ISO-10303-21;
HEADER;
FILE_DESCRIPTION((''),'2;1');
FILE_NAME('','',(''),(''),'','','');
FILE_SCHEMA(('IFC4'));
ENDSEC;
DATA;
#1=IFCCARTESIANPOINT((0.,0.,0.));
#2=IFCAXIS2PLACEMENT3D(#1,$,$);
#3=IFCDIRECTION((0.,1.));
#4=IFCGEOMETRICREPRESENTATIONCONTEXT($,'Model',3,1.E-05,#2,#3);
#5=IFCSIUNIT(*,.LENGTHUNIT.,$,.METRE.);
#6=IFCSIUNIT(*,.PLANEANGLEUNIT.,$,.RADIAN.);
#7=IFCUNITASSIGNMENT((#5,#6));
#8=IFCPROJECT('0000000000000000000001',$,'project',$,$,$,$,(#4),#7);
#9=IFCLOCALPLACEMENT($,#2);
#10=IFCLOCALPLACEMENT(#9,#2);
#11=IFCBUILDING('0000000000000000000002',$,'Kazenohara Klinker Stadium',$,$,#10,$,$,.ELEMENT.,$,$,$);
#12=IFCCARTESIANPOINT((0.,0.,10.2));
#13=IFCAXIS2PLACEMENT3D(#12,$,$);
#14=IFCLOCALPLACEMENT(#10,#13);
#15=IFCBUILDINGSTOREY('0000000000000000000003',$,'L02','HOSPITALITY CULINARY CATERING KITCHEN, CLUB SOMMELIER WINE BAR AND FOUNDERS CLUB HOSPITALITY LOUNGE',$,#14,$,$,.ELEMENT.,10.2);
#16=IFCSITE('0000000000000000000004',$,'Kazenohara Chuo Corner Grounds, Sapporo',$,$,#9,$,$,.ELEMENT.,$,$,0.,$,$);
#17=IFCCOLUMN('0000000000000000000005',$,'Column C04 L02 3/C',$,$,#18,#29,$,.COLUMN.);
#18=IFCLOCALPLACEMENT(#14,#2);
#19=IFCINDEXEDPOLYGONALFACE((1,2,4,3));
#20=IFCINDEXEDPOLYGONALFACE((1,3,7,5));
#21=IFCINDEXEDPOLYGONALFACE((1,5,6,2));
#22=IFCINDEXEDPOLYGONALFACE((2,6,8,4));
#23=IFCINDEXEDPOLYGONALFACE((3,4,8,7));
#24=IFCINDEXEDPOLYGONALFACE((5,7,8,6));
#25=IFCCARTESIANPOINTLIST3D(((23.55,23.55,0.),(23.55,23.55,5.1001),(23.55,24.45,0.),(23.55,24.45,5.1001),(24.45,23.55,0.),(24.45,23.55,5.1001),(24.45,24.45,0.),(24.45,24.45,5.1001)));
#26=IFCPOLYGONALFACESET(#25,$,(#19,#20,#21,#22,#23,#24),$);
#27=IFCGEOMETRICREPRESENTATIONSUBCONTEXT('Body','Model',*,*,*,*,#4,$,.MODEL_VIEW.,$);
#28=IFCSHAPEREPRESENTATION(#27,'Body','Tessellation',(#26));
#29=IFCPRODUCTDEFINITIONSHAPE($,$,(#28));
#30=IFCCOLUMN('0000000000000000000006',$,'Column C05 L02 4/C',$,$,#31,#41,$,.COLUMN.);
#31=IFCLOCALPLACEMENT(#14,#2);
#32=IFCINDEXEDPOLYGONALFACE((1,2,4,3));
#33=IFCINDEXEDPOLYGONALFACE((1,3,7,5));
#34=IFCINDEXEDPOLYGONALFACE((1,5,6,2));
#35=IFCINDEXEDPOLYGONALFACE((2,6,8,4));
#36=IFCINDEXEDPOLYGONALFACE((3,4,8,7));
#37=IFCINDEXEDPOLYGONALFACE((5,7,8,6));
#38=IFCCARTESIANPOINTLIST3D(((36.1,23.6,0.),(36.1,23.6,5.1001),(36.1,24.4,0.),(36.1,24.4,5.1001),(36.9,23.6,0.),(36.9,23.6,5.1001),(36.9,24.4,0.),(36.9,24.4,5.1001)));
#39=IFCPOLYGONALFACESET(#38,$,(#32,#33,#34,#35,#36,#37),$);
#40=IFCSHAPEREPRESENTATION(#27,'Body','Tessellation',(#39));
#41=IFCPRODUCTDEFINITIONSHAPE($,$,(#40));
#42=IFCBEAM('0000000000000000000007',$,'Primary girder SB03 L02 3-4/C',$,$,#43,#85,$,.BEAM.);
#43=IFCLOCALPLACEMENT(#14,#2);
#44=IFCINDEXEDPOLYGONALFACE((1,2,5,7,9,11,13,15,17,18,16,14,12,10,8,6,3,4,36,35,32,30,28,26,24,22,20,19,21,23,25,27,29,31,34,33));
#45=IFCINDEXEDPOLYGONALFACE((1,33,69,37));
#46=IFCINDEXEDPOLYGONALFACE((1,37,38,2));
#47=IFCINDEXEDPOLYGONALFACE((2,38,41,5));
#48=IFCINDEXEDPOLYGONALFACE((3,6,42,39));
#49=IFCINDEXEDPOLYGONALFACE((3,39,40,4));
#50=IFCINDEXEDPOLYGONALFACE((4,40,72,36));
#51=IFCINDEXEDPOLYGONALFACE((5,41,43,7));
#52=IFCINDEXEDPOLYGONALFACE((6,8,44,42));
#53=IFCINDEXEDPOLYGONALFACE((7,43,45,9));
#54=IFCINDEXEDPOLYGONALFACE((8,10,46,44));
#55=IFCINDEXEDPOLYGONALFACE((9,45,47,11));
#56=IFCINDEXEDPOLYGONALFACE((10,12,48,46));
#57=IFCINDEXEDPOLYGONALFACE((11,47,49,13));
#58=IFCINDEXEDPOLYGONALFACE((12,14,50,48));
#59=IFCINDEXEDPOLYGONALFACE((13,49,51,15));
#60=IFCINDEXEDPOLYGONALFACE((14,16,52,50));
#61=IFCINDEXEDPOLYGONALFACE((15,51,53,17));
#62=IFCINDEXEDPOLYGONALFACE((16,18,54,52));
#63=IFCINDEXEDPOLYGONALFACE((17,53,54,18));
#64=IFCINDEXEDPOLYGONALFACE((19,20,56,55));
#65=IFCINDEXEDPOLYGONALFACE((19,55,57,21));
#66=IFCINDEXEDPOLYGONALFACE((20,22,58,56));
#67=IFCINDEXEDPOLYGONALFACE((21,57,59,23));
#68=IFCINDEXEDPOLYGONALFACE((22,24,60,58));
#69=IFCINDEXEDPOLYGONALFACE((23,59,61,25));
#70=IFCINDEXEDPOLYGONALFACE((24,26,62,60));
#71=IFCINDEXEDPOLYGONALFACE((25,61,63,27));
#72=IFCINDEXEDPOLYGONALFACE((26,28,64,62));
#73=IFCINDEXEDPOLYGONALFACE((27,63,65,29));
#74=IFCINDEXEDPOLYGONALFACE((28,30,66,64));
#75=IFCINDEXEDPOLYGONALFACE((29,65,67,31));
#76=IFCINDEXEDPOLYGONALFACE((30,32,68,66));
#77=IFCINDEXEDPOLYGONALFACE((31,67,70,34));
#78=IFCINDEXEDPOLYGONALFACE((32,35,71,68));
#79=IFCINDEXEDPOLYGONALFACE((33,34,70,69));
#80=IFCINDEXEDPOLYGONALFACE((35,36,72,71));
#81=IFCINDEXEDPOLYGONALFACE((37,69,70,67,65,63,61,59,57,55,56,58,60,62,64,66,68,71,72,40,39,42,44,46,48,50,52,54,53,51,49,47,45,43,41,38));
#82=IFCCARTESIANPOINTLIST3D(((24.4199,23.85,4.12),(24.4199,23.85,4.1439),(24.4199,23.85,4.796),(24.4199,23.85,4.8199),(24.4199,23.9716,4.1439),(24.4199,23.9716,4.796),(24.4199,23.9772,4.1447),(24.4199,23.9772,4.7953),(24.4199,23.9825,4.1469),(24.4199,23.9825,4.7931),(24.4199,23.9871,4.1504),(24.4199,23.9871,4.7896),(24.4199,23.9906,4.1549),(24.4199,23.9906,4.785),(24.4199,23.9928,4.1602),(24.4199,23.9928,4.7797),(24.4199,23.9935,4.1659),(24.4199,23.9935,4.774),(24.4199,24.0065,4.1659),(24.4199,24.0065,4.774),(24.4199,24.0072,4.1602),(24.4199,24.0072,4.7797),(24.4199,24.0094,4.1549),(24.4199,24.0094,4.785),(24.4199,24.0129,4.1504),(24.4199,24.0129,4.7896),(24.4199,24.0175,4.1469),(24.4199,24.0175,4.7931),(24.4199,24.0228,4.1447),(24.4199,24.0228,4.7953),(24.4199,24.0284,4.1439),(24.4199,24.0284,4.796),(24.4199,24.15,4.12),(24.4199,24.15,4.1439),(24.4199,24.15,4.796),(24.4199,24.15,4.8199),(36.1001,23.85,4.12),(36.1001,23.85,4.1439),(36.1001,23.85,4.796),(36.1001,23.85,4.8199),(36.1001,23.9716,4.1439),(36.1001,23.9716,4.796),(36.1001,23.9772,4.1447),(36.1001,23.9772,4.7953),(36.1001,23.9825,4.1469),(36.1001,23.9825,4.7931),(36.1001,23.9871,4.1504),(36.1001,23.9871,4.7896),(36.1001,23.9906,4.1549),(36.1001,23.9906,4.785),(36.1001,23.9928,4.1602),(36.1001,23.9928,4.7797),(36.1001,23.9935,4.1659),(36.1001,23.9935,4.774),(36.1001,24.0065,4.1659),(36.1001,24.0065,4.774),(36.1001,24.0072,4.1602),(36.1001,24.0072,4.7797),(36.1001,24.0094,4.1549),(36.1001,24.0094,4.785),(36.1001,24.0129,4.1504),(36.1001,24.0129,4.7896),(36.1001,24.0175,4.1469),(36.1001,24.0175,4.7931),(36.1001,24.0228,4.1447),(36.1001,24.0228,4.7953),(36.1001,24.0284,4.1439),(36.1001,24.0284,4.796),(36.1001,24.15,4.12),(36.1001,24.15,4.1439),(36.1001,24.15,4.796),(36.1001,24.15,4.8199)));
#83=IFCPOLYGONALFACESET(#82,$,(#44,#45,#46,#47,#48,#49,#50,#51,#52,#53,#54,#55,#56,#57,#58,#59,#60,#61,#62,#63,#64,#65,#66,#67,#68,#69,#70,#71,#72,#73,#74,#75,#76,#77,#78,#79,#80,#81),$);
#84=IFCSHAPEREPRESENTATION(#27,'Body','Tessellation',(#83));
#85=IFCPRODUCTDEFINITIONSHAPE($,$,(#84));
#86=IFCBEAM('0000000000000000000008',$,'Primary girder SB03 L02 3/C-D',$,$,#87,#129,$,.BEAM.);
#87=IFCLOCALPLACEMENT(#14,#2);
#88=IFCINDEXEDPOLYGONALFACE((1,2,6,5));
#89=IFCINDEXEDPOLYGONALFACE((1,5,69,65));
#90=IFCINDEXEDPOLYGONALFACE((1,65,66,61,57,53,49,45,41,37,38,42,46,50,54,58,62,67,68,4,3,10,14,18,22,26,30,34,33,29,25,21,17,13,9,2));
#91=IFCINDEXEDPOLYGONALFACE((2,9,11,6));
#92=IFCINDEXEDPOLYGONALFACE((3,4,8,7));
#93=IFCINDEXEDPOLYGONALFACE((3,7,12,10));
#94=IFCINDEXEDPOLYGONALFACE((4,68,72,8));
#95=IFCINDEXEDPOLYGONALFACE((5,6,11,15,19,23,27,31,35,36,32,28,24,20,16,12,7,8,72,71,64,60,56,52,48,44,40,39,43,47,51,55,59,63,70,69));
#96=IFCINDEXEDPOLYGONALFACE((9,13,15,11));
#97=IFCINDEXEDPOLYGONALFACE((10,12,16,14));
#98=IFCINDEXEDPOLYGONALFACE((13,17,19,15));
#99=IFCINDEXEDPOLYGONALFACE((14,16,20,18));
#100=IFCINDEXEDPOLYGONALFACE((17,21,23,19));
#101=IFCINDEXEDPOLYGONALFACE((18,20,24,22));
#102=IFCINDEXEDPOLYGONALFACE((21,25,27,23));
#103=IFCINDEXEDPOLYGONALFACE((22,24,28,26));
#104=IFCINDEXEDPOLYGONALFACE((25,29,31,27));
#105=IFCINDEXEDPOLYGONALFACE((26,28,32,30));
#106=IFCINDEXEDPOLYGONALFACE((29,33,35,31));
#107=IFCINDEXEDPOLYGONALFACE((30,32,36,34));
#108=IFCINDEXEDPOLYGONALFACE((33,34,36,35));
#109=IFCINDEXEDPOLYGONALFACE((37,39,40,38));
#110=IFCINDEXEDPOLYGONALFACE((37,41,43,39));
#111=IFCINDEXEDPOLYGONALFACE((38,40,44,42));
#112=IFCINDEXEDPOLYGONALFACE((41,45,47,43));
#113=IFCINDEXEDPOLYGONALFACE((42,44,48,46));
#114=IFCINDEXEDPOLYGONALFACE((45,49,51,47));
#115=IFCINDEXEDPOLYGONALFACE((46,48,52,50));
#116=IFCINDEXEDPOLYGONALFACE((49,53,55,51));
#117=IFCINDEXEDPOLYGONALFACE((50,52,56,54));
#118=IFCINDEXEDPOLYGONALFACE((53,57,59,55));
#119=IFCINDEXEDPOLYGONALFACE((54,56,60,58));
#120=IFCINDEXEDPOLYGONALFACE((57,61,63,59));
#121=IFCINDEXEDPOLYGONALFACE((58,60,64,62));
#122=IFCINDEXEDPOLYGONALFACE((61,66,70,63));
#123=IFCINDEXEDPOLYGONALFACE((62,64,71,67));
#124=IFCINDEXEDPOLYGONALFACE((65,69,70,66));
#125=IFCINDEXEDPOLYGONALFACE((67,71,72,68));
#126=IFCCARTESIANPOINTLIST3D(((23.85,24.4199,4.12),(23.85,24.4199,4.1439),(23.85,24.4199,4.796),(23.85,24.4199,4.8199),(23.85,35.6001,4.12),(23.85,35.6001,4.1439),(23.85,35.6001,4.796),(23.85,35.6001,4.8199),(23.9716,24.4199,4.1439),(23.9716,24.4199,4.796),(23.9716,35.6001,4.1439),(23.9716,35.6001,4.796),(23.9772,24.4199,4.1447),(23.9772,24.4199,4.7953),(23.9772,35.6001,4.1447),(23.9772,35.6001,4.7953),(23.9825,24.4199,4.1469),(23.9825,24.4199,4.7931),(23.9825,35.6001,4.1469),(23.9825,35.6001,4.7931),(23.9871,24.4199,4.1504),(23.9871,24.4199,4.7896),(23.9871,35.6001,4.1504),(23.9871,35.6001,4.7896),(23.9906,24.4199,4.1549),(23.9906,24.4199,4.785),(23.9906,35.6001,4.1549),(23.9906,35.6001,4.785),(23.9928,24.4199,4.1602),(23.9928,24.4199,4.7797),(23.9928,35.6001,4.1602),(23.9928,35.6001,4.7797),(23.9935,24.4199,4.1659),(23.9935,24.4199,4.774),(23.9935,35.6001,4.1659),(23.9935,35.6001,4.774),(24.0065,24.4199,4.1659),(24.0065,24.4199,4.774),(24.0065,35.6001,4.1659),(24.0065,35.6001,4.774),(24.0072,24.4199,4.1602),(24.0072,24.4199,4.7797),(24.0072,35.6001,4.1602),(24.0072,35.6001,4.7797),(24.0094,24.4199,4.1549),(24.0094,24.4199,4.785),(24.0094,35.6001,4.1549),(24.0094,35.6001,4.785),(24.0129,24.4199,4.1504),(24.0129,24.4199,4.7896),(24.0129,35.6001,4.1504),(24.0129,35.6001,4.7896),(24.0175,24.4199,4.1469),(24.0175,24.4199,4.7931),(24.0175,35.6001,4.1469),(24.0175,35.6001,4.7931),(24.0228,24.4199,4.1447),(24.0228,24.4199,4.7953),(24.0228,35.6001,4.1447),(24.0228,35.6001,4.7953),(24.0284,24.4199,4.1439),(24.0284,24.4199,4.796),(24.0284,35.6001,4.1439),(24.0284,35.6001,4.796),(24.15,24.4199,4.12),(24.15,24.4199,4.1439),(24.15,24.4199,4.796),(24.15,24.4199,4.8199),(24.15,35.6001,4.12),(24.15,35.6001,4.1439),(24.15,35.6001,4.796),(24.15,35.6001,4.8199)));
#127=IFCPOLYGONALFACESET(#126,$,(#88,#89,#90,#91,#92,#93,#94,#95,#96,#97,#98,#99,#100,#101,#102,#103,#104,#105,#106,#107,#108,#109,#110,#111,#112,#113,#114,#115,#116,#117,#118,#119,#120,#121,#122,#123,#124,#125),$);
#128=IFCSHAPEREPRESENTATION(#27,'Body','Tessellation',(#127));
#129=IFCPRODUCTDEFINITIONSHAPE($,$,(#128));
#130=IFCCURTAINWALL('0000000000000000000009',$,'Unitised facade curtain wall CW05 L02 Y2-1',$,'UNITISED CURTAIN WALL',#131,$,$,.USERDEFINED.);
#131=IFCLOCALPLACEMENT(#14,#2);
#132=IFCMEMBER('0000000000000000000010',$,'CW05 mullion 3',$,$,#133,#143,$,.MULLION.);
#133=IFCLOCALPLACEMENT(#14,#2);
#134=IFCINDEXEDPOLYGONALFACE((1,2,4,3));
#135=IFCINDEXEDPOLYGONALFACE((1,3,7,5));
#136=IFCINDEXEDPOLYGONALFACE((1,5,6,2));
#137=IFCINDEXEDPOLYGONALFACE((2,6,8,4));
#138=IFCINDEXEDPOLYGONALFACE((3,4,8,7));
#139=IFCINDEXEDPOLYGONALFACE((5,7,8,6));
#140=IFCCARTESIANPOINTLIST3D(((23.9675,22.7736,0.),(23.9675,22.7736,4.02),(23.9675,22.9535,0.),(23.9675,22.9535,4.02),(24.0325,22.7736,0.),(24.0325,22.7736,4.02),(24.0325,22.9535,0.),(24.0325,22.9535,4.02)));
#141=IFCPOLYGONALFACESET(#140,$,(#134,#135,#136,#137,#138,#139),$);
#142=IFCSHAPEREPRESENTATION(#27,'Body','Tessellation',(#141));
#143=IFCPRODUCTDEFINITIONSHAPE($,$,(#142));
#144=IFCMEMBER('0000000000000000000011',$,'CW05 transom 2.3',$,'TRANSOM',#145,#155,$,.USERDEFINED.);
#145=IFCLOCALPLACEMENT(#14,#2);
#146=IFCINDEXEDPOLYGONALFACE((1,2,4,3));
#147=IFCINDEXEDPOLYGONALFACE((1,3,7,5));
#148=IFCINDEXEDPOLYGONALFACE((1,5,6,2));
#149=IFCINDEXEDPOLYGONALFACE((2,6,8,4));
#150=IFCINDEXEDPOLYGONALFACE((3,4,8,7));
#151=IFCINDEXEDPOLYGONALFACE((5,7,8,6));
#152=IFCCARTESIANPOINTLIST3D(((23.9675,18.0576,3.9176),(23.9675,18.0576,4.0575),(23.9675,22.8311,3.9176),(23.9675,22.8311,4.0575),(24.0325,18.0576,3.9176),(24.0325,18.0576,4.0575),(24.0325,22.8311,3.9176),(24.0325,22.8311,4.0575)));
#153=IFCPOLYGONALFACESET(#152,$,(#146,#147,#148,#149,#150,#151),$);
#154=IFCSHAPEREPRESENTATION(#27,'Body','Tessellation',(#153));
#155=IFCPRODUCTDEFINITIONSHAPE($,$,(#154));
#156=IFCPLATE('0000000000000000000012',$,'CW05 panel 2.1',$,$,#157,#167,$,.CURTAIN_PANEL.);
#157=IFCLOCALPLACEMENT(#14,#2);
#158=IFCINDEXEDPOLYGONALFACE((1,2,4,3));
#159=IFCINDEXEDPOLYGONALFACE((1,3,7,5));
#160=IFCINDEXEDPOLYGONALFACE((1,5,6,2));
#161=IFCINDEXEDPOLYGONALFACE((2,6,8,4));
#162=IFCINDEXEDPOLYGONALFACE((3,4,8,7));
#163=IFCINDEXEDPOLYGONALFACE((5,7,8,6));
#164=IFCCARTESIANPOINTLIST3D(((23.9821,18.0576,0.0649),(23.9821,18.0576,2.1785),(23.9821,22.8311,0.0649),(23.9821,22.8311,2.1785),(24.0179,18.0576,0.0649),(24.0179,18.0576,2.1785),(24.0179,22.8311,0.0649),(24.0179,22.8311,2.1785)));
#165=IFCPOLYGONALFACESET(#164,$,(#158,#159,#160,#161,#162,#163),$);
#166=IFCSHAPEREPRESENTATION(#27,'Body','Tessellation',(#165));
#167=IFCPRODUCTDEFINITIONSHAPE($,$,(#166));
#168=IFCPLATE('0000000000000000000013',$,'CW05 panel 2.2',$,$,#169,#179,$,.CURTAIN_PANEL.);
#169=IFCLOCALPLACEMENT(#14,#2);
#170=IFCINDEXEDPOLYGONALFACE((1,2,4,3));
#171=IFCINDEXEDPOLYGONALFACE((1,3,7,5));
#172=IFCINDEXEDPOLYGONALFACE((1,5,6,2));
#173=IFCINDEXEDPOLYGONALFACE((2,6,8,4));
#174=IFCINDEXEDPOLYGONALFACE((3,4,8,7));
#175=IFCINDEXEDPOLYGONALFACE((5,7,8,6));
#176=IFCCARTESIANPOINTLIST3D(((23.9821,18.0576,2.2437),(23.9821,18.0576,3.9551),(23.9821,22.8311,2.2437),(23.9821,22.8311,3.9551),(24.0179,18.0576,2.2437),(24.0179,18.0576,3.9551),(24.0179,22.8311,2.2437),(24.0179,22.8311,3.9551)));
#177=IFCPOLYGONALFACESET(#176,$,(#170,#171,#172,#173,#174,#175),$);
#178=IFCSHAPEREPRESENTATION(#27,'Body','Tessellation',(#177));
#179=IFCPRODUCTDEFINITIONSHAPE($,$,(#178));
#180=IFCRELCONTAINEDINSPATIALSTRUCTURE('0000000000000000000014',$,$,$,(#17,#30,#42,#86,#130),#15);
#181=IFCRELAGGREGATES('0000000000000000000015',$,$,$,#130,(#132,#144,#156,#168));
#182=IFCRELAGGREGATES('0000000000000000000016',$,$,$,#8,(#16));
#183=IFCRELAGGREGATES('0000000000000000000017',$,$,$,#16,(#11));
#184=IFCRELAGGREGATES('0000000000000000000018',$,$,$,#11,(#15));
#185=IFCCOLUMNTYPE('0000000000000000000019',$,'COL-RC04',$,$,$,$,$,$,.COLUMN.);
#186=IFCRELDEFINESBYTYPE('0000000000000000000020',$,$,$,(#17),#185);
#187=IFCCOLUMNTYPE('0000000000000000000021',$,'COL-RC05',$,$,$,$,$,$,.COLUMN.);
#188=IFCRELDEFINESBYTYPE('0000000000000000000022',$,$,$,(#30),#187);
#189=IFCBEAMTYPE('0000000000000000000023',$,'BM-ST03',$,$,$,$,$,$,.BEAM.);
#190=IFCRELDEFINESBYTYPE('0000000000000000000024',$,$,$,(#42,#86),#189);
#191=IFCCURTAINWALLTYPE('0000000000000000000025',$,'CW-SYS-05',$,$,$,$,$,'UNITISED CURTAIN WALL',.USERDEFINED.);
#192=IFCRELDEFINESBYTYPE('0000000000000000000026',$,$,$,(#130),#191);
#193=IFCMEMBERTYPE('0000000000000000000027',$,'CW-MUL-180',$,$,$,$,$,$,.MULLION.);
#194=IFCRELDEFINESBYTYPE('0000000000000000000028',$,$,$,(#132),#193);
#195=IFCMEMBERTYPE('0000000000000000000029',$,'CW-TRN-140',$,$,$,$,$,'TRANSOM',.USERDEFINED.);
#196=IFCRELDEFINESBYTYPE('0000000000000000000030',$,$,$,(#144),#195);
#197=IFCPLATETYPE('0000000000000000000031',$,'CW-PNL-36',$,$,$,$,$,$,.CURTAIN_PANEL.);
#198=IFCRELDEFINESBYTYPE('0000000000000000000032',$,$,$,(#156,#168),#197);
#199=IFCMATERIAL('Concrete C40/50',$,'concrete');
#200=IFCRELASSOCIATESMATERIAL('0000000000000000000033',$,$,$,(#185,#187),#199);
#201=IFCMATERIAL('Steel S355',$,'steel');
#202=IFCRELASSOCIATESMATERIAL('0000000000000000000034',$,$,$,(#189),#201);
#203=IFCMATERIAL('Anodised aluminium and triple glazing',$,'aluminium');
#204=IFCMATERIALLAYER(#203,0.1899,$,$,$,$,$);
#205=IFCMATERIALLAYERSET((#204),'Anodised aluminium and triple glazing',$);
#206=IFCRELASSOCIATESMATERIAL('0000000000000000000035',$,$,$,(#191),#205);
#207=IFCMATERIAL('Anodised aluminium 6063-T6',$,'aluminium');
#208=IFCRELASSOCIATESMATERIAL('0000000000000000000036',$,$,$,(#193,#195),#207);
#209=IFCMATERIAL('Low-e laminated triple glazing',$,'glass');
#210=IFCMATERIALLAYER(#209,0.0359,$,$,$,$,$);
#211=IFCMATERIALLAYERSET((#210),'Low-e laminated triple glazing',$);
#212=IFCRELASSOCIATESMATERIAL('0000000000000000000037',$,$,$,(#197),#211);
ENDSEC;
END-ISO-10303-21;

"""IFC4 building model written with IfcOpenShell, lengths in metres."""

from ifc_helpers import new_model, si_unit, direction, frame, origin, origin_2d, place, context, subcontext, project, spatial, rectangle, i_section, extrude, material, layer, layer_set, material_profile, profile_set, type_object, element, aggregate, save


model = new_model("IFC4")

# Units and contexts
model_context = context("Model", 3, precision=1e-05, world=origin(), true_north=direction((0.0, 1.0)))
body_context = subcontext(model_context, "Body", "Model", "MODEL_VIEW")
ifc_project = project(units=[si_unit("LENGTHUNIT", "METRE"), si_unit("PLANEANGLEUNIT", "RADIAN")], contexts=[model_context])

# Site, building, storey
site_placement = place(None, origin())
site = spatial("IfcSite", under=ifc_project, at=site_placement, Name="Kazenohara Chuo Corner Grounds, Sapporo", CompositionType="ELEMENT", RefElevation=0.0)
building_placement = place(site_placement, origin())
building = spatial("IfcBuilding", under=site, at=building_placement, Name="Kazenohara Klinker Stadium", CompositionType="ELEMENT")
storey_placement = place(building_placement, frame((0.0, 0.0, 10.2)))
storey = spatial("IfcBuildingStorey", under=building, at=storey_placement, Name="L02", Description="HOSPITALITY CULINARY CATERING KITCHEN, CLUB SOMMELIER WINE BAR AND FOUNDERS CLUB HOSPITALITY LOUNGE", CompositionType="ELEMENT", Elevation=10.2)

# Columns
ifc_material_1 = material(Name="Concrete C40/50", Category="concrete")
ifc_material_profile_1 = material_profile(ifc_material_1, rectangle(XDim=0.8999, YDim=0.8999, at=origin_2d()), Name="RC-COL-900x900")
ifc_profile_set_1 = profile_set([ifc_material_profile_1], Name="Concrete C40/50")
column_type_1 = type_object("IfcColumnType", Name="COL-RC04", PredefinedType="COLUMN", material=ifc_profile_set_1)
column_1_placement = place(storey_placement, frame((24.0, 24.0, 0.0), z_axis=(0.0, 0.0, 1.0), x_axis=(1.0, 0.0, 0.0)))
element("IfcColumn", 1, at=column_1_placement, inside=storey, type_object=column_type_1, Name="Column C04 L02 3/C", PredefinedType="COLUMN", context=body_context, shape_type="SweptSolid", body=[
    extrude(rectangle(XDim=0.8999, YDim=0.8999, at=origin_2d()), origin(), (0.0, 0.0, 1.0), 5.1001),
])
ifc_material_profile_2 = material_profile(ifc_material_1, rectangle(XDim=0.8, YDim=0.8, at=origin_2d()), Name="RC-COL-800x800")
ifc_profile_set_2 = profile_set([ifc_material_profile_2], Name="Concrete C40/50")
column_type_2 = type_object("IfcColumnType", Name="COL-RC05", PredefinedType="COLUMN", material=ifc_profile_set_2)
column_2_placement = place(storey_placement, frame((36.5, 24.0, 0.0), z_axis=(0.0, 0.0, 1.0), x_axis=(1.0, 0.0, 0.0)))
element("IfcColumn", 2, at=column_2_placement, inside=storey, type_object=column_type_2, Name="Column C05 L02 4/C", PredefinedType="COLUMN", context=body_context, shape_type="SweptSolid", body=[
    extrude(rectangle(XDim=0.8, YDim=0.8, at=origin_2d()), origin(), (0.0, 0.0, 1.0), 5.1001),
])

# Beams
ifc_material_2 = material(Name="Steel S355", Category="steel")
ifc_material_profile_3 = material_profile(ifc_material_2, i_section(OverallWidth=0.3, OverallDepth=0.7, WebThickness=0.0129, FlangeThickness=0.0239, FilletRadius=0.022, at=origin_2d()), Name="H-700x300x13x24")
ifc_profile_set_3 = profile_set([ifc_material_profile_3], Name="Steel S355")
beam_type = type_object("IfcBeamType", Name="BM-ST03", PredefinedType="BEAM", material=ifc_profile_set_3)
beam_1_placement = place(storey_placement, frame((24.4199, 24.0, 4.47), z_axis=(1.0, 0.0, 0.0), x_axis=(0.0, 1.0, 0.0)))
element("IfcBeam", 3, at=beam_1_placement, inside=storey, type_object=beam_type, Name="Primary girder SB03 L02 3-4/C", PredefinedType="BEAM", context=body_context, shape_type="SweptSolid", body=[
    extrude(i_section(OverallWidth=0.3, OverallDepth=0.7, WebThickness=0.0129, FlangeThickness=0.0239, FilletRadius=0.022, at=origin_2d()), origin(), (0.0, 0.0, 1.0), 11.6802),
])
beam_2_placement = place(storey_placement, frame((24.0, 24.4199, 4.47), z_axis=(0.0, 1.0, 0.0), x_axis=(-1.0, 0.0, 0.0)))
element("IfcBeam", 4, at=beam_2_placement, inside=storey, type_object=beam_type, Name="Primary girder SB03 L02 3/C-D", PredefinedType="BEAM", context=body_context, shape_type="SweptSolid", body=[
    extrude(i_section(OverallWidth=0.3, OverallDepth=0.7, WebThickness=0.0129, FlangeThickness=0.0239, FilletRadius=0.022, at=origin_2d()), origin(), (0.0, 0.0, 1.0), 11.1802),
])

# Curtain wall, members, plates
ifc_material_3 = material(Name="Anodised aluminium and triple glazing", Category="aluminium")
ifc_layer_1 = layer(ifc_material_3, 0.1899)
ifc_layer_set_1 = layer_set([ifc_layer_1], Name="Anodised aluminium and triple glazing")
curtain_wall_type = type_object("IfcCurtainWallType", Name="CW-SYS-05", ElementType="UNITISED CURTAIN WALL", PredefinedType="USERDEFINED", material=ifc_layer_set_1)
curtain_wall_placement = place(storey_placement, origin())
curtain_wall = element("IfcCurtainWall", 5, at=curtain_wall_placement, inside=storey, type_object=curtain_wall_type, Name="Unitised facade curtain wall CW05 L02 Y2-1", ObjectType="UNITISED CURTAIN WALL", PredefinedType="USERDEFINED")
ifc_material_4 = material(Name="Anodised aluminium 6063-T6", Category="aluminium")
ifc_material_profile_4 = material_profile(ifc_material_4, rectangle(XDim=0.0649, YDim=0.1799, at=origin_2d()), Name="ALU-MUL-65x180")
ifc_profile_set_4 = profile_set([ifc_material_profile_4], Name="Anodised aluminium 6063-T6")
member_type_1 = type_object("IfcMemberType", Name="CW-MUL-180", PredefinedType="MULLION", material=ifc_profile_set_4)
member_1_placement = place(storey_placement, frame((24.0, 22.8635, 0.0), z_axis=(0.0, 0.0, 1.0), x_axis=(-1.0, 0.0, 0.0)))
member_1 = element("IfcMember", 6, at=member_1_placement, type_object=member_type_1, Name="CW05 mullion 3", PredefinedType="MULLION", context=body_context, shape_type="SweptSolid", body=[
    extrude(rectangle(XDim=0.0649, YDim=0.1799, at=origin_2d()), origin(), (0.0, 0.0, 1.0), 4.02),
])
ifc_material_profile_5 = material_profile(ifc_material_4, rectangle(XDim=0.0649, YDim=0.1399, at=origin_2d()), Name="ALU-TRN-65x140")
ifc_profile_set_5 = profile_set([ifc_material_profile_5], Name="Anodised aluminium 6063-T6")
member_type_2 = type_object("IfcMemberType", Name="CW-TRN-140", ElementType="TRANSOM", PredefinedType="USERDEFINED", material=ifc_profile_set_5)
member_2_placement = place(storey_placement, frame((24.0, 18.0576, 3.9875), z_axis=(0.0, 1.0, 0.0), x_axis=(-1.0, 0.0, 0.0)))
member_2 = element("IfcMember", 7, at=member_2_placement, type_object=member_type_2, Name="CW05 transom 2.3", ObjectType="TRANSOM", PredefinedType="USERDEFINED", context=body_context, shape_type="SweptSolid", body=[
    extrude(rectangle(XDim=0.0649, YDim=0.1399, at=origin_2d()), origin(), (0.0, 0.0, 1.0), 4.7734),
])
ifc_material_5 = material(Name="Low-e laminated triple glazing", Category="glass")
ifc_layer_2 = layer(ifc_material_5, 0.0359)
ifc_layer_set_2 = layer_set([ifc_layer_2], Name="Low-e laminated triple glazing")
plate_type = type_object("IfcPlateType", Name="CW-PNL-36", PredefinedType="CURTAIN_PANEL", material=ifc_layer_set_2)
plate_1_placement = place(storey_placement, frame((24.0, 20.4443, 0.0649), z_axis=(0.0, 0.0, 1.0), x_axis=(0.0, 1.0, 0.0)))
plate_1 = element("IfcPlate", 8, at=plate_1_placement, type_object=plate_type, Name="CW05 panel 2.1", PredefinedType="CURTAIN_PANEL", context=body_context, shape_type="SweptSolid", body=[
    extrude(rectangle(XDim=4.7734, YDim=0.0359, at=origin_2d()), origin(), (0.0, 0.0, 1.0), 2.1135),
])
plate_2_placement = place(storey_placement, frame((24.0, 20.4443, 2.2437), z_axis=(0.0, 0.0, 1.0), x_axis=(0.0, 1.0, 0.0)))
plate_2 = element("IfcPlate", 9, at=plate_2_placement, type_object=plate_type, Name="CW05 panel 2.2", PredefinedType="CURTAIN_PANEL", context=body_context, shape_type="SweptSolid", body=[
    extrude(rectangle(XDim=4.7734, YDim=0.0359, at=origin_2d()), origin(), (0.0, 0.0, 1.0), 1.7114),
])
aggregate(curtain_wall, [member_1, member_2, plate_1, plate_2])

save(model, "model.ifc")
